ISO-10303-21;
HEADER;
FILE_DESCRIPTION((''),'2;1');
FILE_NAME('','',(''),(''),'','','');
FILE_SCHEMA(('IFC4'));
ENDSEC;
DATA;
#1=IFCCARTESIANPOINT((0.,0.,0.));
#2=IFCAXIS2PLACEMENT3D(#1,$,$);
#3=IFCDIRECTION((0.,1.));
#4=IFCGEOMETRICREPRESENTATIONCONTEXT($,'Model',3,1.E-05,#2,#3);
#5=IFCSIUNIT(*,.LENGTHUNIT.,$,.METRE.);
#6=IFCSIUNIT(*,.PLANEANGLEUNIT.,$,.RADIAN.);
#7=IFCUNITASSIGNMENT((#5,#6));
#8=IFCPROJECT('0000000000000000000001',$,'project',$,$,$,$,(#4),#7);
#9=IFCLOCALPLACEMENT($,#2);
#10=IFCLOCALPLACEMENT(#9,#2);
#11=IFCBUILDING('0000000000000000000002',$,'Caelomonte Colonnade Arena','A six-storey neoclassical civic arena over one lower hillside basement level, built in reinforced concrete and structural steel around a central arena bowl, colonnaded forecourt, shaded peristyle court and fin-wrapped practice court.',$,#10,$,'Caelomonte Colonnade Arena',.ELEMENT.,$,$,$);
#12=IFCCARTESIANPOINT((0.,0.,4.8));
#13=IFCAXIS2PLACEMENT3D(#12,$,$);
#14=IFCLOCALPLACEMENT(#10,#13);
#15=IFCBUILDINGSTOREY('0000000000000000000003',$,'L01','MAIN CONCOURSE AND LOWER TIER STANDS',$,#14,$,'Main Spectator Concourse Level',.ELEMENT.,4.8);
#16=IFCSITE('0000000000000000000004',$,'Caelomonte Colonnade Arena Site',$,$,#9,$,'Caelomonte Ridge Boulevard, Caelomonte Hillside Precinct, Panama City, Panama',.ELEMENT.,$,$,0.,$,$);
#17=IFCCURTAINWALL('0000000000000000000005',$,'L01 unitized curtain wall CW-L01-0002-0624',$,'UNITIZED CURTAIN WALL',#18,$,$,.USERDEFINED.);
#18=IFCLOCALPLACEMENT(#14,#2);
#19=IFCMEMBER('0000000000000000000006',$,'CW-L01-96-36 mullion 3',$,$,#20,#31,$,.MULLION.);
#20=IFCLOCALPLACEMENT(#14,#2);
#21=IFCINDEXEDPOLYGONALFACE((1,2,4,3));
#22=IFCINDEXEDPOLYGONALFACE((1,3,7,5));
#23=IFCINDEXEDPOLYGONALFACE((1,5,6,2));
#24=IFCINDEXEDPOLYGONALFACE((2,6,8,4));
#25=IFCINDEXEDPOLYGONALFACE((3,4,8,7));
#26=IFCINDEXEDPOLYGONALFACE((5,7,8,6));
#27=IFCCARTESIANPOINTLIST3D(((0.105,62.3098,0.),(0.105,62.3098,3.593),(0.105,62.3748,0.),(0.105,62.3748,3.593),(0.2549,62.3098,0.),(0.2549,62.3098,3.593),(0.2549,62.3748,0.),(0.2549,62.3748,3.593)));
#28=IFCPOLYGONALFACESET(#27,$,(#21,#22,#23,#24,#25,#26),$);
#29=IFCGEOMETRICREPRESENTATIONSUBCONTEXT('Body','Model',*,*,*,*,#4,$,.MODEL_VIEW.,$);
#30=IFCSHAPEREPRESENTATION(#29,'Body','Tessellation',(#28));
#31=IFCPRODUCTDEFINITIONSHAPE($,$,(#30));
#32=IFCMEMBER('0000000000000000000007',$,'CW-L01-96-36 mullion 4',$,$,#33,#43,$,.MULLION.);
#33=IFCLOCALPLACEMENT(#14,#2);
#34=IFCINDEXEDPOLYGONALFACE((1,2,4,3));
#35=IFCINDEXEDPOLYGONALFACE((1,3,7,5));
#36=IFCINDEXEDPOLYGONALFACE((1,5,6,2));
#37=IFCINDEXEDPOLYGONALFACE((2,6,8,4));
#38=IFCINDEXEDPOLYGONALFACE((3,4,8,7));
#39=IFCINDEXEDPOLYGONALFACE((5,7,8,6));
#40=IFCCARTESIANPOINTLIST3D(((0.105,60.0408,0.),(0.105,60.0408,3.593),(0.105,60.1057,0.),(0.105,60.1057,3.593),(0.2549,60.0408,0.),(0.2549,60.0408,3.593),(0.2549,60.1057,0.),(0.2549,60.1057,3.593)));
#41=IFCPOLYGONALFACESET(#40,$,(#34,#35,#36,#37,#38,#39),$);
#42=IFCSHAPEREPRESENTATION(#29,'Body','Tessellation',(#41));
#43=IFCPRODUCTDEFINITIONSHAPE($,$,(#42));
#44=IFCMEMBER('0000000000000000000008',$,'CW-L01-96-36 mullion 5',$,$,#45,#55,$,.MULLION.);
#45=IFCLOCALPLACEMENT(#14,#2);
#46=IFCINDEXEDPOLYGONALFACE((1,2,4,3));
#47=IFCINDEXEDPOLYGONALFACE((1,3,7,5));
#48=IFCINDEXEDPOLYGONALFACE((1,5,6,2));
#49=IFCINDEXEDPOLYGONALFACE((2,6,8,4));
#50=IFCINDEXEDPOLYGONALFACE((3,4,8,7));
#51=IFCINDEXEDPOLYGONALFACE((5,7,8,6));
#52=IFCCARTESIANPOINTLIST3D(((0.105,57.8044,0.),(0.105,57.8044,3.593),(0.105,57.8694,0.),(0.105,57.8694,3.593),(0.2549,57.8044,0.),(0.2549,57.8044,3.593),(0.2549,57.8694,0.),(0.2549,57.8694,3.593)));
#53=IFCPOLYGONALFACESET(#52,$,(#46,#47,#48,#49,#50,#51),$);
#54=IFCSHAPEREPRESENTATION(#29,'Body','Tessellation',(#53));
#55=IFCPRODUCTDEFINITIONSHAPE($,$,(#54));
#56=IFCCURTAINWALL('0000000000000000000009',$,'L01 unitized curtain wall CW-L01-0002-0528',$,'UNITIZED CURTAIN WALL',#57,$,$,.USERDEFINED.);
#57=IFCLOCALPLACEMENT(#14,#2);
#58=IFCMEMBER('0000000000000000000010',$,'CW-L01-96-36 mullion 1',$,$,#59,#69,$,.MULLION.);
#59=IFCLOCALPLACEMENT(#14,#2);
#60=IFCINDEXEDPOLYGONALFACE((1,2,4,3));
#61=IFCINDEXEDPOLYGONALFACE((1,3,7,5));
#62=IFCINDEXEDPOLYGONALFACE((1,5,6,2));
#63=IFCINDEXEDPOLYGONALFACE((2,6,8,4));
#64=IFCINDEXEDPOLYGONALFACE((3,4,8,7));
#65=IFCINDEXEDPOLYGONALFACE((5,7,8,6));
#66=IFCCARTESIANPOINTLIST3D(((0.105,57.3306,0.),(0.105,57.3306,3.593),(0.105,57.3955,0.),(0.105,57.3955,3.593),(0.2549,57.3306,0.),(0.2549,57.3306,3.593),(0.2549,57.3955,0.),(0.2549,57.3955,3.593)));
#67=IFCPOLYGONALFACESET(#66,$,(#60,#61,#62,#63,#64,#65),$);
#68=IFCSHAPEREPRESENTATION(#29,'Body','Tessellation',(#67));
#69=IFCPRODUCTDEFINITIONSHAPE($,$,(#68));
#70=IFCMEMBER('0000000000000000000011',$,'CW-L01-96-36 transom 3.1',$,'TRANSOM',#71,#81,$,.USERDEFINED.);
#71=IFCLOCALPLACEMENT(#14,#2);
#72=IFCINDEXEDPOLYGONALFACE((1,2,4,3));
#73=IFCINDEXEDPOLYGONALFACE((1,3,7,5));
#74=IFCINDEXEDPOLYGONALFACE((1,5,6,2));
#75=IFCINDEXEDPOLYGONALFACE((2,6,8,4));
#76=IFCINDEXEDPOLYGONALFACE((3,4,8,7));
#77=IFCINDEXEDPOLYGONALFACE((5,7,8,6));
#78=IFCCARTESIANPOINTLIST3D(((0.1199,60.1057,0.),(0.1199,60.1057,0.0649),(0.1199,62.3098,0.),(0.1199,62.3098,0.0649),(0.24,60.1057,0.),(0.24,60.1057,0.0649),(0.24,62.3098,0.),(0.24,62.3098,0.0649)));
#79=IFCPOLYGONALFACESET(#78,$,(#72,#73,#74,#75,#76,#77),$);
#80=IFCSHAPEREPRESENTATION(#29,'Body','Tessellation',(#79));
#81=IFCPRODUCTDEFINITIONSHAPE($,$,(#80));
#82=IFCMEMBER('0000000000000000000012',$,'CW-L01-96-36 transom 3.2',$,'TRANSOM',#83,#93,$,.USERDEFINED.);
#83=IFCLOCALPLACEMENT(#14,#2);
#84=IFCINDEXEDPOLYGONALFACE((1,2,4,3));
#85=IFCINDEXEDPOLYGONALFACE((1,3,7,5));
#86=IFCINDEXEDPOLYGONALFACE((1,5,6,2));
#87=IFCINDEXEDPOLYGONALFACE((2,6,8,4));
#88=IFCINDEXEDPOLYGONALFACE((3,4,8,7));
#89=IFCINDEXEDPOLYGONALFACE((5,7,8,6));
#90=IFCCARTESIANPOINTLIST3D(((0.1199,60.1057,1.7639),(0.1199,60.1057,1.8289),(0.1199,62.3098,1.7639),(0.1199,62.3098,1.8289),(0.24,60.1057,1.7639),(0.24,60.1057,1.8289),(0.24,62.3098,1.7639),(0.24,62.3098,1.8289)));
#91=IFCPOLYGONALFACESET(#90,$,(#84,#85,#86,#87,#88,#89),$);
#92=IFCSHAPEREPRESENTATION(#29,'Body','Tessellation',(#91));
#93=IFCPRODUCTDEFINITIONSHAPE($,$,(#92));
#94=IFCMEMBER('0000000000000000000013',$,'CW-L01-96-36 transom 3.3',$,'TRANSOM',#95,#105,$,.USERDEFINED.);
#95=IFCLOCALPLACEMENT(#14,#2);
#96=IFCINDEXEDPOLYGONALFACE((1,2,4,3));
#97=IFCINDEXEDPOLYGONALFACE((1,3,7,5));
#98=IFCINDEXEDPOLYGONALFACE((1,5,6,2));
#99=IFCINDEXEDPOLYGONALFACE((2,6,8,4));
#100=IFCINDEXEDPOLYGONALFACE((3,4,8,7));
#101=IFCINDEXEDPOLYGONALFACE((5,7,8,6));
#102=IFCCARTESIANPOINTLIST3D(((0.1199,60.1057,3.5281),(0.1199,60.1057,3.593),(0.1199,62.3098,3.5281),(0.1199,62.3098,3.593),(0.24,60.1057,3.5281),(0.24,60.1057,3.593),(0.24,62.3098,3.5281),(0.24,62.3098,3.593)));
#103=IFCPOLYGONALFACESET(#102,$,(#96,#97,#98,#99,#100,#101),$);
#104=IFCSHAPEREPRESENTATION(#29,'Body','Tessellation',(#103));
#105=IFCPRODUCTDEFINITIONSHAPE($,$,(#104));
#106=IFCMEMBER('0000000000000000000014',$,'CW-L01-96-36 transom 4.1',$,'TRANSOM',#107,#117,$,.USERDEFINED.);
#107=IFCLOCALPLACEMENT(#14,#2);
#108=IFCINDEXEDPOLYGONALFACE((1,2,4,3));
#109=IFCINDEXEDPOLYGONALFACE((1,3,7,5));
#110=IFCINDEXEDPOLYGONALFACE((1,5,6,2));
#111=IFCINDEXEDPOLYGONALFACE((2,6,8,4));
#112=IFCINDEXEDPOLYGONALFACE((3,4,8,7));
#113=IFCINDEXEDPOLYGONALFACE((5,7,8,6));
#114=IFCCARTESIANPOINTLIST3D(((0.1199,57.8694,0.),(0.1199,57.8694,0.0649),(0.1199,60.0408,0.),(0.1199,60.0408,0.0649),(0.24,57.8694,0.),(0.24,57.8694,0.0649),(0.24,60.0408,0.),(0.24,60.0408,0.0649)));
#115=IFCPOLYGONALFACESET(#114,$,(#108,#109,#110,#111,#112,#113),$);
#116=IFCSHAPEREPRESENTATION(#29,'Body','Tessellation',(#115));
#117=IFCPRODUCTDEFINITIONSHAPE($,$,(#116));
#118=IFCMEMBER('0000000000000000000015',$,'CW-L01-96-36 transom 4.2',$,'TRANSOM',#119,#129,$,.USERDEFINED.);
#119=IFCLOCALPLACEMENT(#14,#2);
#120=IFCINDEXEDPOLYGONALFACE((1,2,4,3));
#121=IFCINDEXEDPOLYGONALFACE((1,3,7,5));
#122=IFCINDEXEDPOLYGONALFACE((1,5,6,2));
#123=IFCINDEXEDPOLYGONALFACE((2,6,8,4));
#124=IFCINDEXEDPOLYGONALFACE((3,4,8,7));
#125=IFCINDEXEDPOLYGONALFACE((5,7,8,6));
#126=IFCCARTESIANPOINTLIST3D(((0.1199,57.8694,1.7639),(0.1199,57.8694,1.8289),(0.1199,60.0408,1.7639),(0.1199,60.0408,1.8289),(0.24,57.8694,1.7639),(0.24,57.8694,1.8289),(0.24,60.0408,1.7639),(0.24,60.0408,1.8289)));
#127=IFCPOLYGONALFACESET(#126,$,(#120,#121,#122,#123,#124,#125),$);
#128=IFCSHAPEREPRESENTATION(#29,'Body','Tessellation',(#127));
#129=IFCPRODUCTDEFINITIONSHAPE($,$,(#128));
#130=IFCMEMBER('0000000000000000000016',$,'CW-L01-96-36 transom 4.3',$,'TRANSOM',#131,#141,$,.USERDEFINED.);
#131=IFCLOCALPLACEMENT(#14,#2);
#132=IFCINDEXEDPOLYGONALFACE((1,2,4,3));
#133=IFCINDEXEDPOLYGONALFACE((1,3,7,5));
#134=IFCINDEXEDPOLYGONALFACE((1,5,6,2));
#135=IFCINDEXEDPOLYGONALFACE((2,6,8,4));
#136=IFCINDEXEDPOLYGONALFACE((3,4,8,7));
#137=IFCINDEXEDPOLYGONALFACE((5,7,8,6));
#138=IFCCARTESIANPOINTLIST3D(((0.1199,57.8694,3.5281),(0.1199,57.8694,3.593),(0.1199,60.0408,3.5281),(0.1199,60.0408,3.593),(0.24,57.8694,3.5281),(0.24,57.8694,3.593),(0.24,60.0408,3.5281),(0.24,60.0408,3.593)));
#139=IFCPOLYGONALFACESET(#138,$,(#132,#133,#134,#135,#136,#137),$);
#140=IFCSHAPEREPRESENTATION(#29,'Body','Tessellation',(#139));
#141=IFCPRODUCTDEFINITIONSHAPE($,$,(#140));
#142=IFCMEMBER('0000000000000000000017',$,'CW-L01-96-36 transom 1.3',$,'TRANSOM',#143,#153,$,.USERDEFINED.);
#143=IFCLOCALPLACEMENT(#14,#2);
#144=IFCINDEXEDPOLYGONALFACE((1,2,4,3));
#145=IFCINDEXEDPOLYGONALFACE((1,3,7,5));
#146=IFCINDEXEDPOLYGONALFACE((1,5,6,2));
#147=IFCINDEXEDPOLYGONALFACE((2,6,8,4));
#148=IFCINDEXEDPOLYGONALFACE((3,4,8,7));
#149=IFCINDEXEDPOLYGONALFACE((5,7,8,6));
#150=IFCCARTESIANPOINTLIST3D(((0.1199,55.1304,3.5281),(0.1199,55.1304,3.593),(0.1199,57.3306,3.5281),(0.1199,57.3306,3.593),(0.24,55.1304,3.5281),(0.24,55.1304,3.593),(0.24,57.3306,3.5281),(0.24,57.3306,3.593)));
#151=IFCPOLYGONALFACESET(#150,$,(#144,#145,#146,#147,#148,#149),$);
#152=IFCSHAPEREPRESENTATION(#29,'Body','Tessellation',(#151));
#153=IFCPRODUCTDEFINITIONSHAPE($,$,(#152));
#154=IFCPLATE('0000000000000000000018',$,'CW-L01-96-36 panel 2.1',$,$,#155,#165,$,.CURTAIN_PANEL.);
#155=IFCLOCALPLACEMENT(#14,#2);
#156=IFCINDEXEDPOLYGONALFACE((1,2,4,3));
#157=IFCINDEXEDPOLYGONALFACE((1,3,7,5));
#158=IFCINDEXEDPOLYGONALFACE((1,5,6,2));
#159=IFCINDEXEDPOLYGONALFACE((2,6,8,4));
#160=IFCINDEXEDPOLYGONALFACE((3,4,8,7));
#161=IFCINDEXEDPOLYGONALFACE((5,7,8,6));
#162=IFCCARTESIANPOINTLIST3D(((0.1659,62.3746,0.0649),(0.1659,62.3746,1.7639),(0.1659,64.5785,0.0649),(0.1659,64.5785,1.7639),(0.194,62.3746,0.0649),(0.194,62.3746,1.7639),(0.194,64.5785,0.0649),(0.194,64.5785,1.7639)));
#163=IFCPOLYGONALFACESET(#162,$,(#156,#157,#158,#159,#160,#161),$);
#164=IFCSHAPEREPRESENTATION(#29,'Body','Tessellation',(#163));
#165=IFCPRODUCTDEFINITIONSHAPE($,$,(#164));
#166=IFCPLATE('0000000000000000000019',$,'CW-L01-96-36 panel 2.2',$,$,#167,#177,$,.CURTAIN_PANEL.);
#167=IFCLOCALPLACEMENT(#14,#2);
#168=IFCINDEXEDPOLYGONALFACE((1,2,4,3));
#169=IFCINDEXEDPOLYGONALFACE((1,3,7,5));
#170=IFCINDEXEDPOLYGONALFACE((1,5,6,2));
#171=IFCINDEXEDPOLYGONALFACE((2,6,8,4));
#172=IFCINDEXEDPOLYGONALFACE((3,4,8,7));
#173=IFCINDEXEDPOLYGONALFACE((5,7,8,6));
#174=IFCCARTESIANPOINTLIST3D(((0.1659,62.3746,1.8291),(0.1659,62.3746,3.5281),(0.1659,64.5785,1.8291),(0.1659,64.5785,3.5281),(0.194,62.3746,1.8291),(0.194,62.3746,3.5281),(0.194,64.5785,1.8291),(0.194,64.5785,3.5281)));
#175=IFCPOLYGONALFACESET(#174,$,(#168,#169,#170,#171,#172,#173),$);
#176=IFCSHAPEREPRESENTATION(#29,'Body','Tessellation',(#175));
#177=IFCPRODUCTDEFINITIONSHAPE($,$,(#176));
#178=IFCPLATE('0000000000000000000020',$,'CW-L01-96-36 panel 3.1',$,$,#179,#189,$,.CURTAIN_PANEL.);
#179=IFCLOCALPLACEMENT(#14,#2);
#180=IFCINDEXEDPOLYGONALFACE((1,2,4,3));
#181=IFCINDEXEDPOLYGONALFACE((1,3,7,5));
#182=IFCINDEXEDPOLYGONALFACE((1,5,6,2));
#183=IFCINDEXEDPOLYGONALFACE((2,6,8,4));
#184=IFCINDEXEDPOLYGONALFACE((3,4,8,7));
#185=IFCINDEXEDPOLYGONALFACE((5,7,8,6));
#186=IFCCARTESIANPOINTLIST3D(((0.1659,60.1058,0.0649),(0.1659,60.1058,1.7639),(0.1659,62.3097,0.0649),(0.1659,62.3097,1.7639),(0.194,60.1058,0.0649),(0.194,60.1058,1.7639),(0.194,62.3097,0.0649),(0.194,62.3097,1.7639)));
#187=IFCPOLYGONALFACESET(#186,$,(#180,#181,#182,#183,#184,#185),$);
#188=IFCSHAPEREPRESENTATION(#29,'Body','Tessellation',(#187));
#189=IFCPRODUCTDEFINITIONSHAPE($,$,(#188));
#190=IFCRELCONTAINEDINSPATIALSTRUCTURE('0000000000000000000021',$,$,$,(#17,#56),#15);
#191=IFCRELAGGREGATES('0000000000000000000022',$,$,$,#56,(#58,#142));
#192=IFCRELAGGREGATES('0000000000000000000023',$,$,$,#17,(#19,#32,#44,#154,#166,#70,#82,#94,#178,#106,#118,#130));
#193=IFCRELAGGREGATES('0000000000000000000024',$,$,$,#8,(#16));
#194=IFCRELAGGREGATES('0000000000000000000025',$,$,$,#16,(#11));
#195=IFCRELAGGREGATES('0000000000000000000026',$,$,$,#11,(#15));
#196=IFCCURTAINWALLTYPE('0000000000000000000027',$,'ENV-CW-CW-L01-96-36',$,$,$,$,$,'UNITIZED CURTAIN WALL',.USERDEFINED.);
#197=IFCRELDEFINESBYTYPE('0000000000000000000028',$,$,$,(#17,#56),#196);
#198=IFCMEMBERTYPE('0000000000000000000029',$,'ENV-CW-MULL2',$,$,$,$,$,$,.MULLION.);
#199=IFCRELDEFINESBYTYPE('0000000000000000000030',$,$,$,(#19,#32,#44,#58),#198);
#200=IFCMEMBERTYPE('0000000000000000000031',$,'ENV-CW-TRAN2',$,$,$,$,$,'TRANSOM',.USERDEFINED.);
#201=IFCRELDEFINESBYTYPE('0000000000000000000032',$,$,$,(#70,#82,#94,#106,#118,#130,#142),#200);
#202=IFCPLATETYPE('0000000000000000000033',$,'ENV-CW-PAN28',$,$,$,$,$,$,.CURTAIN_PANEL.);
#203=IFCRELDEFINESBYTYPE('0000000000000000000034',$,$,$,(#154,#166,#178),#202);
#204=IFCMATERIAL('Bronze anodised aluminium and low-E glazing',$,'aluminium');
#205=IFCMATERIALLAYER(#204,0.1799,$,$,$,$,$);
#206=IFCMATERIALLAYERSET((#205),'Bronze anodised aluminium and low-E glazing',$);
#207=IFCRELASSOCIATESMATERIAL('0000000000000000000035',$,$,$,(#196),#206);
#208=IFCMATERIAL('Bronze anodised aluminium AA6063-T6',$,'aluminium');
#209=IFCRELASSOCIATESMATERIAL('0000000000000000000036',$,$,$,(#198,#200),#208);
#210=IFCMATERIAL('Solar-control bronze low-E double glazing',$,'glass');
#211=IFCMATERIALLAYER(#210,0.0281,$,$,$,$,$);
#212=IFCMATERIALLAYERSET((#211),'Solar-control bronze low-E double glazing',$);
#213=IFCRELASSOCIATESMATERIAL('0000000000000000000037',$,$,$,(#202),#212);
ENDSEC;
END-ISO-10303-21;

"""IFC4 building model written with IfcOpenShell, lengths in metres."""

from ifc_helpers import new_model, si_unit, direction, frame, origin, origin_2d, place, context, subcontext, project, spatial, rectangle, extrude, material, layer, layer_set, material_profile, profile_set, type_object, element, aggregate, save


model = new_model("IFC4")

# Units and contexts
model_context = context("Model", 3, precision=1e-05, world=origin(), true_north=direction((0.0, 1.0)))
body_context = subcontext(model_context, "Body", "Model", "MODEL_VIEW")
ifc_project = project(units=[si_unit("LENGTHUNIT", "METRE"), si_unit("PLANEANGLEUNIT", "RADIAN")], contexts=[model_context])

# Site, building, storey
site_placement = place(None, origin())
site = spatial("IfcSite", under=ifc_project, at=site_placement, Name="Caelomonte Colonnade Arena Site", LongName="Caelomonte Ridge Boulevard, Caelomonte Hillside Precinct, Panama City, Panama", CompositionType="ELEMENT", RefElevation=0.0)
building_placement = place(site_placement, origin())
building = spatial("IfcBuilding", under=site, at=building_placement, Name="Caelomonte Colonnade Arena", Description="A six-storey neoclassical civic arena over one lower hillside basement level, built in reinforced concrete and structural steel around a central arena bowl, colonnaded forecourt, shaded peristyle court and fin-wrapped practice court.", LongName="Caelomonte Colonnade Arena", CompositionType="ELEMENT")
storey_placement = place(building_placement, frame((0.0, 0.0, 4.8)))
storey = spatial("IfcBuildingStorey", under=building, at=storey_placement, Name="L01", Description="MAIN CONCOURSE AND LOWER TIER STANDS", LongName="Main Spectator Concourse Level", CompositionType="ELEMENT", Elevation=4.8)

# Curtain wall, members
ifc_material_1 = material(Name="Bronze anodised aluminium and low-E glazing", Category="aluminium")
ifc_layer_1 = layer(ifc_material_1, 0.1799)
ifc_layer_set_1 = layer_set([ifc_layer_1], Name="Bronze anodised aluminium and low-E glazing")
curtain_wall_type = type_object("IfcCurtainWallType", Name="ENV-CW-CW-L01-96-36", ElementType="UNITIZED CURTAIN WALL", PredefinedType="USERDEFINED", material=ifc_layer_set_1)
curtain_wall_1_placement = place(storey_placement, origin())
curtain_wall_1 = element("IfcCurtainWall", 1, at=curtain_wall_1_placement, inside=storey, type_object=curtain_wall_type, Name="L01 unitized curtain wall CW-L01-0002-0624", ObjectType="UNITIZED CURTAIN WALL", PredefinedType="USERDEFINED")
ifc_material_2 = material(Name="Bronze anodised aluminium AA6063-T6", Category="aluminium")
ifc_material_profile_1 = material_profile(ifc_material_2, rectangle(XDim=0.0649, YDim=0.1499, at=origin_2d()), Name="CWM-65X150")
ifc_profile_set_1 = profile_set([ifc_material_profile_1], Name="Bronze anodised aluminium AA6063-T6")
member_type_1 = type_object("IfcMemberType", Name="ENV-CW-MULL2", PredefinedType="MULLION", material=ifc_profile_set_1)
member_1_placement = place(storey_placement, frame((0.1799, 62.3423, 0.0), z_axis=(0.0, 0.0, 1.0), x_axis=(0.0, -1.0, 0.0)))
member_1 = element("IfcMember", 2, at=member_1_placement, type_object=member_type_1, Name="CW-L01-96-36 mullion 3", PredefinedType="MULLION", context=body_context, shape_type="SweptSolid", body=[
    extrude(rectangle(XDim=0.0649, YDim=0.1499, at=origin_2d()), origin(), (0.0, 0.0, 1.0), 3.593),
])
member_2_placement = place(storey_placement, frame((0.1799, 60.0732, 0.0), z_axis=(0.0, 0.0, 1.0), x_axis=(0.0, -1.0, 0.0)))
member_2 = element("IfcMember", 3, at=member_2_placement, type_object=member_type_1, Name="CW-L01-96-36 mullion 4", PredefinedType="MULLION", context=body_context, shape_type="SweptSolid", body=[
    extrude(rectangle(XDim=0.0649, YDim=0.1499, at=origin_2d()), origin(), (0.0, 0.0, 1.0), 3.593),
])
member_3_placement = place(storey_placement, frame((0.1799, 57.8369, 0.0), z_axis=(0.0, 0.0, 1.0), x_axis=(0.0, -1.0, 0.0)))
member_3 = element("IfcMember", 4, at=member_3_placement, type_object=member_type_1, Name="CW-L01-96-36 mullion 5", PredefinedType="MULLION", context=body_context, shape_type="SweptSolid", body=[
    extrude(rectangle(XDim=0.0649, YDim=0.1499, at=origin_2d()), origin(), (0.0, 0.0, 1.0), 3.593),
])

# Curtain wall, member
curtain_wall_2_placement = place(storey_placement, origin())
curtain_wall_2 = element("IfcCurtainWall", 5, at=curtain_wall_2_placement, inside=storey, type_object=curtain_wall_type, Name="L01 unitized curtain wall CW-L01-0002-0528", ObjectType="UNITIZED CURTAIN WALL", PredefinedType="USERDEFINED")
member_4_placement = place(storey_placement, frame((0.1799, 57.363, 0.0), z_axis=(0.0, 0.0, 1.0), x_axis=(0.0, -1.0, 0.0)))
member_4 = element("IfcMember", 6, at=member_4_placement, type_object=member_type_1, Name="CW-L01-96-36 mullion 1", PredefinedType="MULLION", context=body_context, shape_type="SweptSolid", body=[
    extrude(rectangle(XDim=0.0649, YDim=0.1499, at=origin_2d()), origin(), (0.0, 0.0, 1.0), 3.593),
])

# Members
ifc_material_profile_2 = material_profile(ifc_material_2, rectangle(XDim=0.0649, YDim=0.1201, at=origin_2d()), Name="CWT-65X120")
ifc_profile_set_2 = profile_set([ifc_material_profile_2], Name="Bronze anodised aluminium AA6063-T6")
member_type_2 = type_object("IfcMemberType", Name="ENV-CW-TRAN2", ElementType="TRANSOM", PredefinedType="USERDEFINED", material=ifc_profile_set_2)
member_5_placement = place(storey_placement, frame((0.1799, 62.3098, 0.0325), z_axis=(0.0, -1.0, 0.0), x_axis=(0.0, 0.0, 1.0)))
member_5 = element("IfcMember", 7, at=member_5_placement, type_object=member_type_2, Name="CW-L01-96-36 transom 3.1", ObjectType="TRANSOM", PredefinedType="USERDEFINED", context=body_context, shape_type="SweptSolid", body=[
    extrude(rectangle(XDim=0.0649, YDim=0.1201, at=origin_2d()), origin(), (0.0, 0.0, 1.0), 2.2041),
])
member_6_placement = place(storey_placement, frame((0.1799, 62.3098, 1.7964), z_axis=(0.0, -1.0, 0.0), x_axis=(0.0, 0.0, 1.0)))
member_6 = element("IfcMember", 8, at=member_6_placement, type_object=member_type_2, Name="CW-L01-96-36 transom 3.2", ObjectType="TRANSOM", PredefinedType="USERDEFINED", context=body_context, shape_type="SweptSolid", body=[
    extrude(rectangle(XDim=0.0649, YDim=0.1201, at=origin_2d()), origin(), (0.0, 0.0, 1.0), 2.2041),
])
member_7_placement = place(storey_placement, frame((0.1799, 62.3098, 3.5605), z_axis=(0.0, -1.0, 0.0), x_axis=(0.0, 0.0, 1.0)))
member_7 = element("IfcMember", 9, at=member_7_placement, type_object=member_type_2, Name="CW-L01-96-36 transom 3.3", ObjectType="TRANSOM", PredefinedType="USERDEFINED", context=body_context, shape_type="SweptSolid", body=[
    extrude(rectangle(XDim=0.0649, YDim=0.1201, at=origin_2d()), origin(), (0.0, 0.0, 1.0), 2.2041),
])
member_8_placement = place(storey_placement, frame((0.1799, 60.0408, 0.0325), z_axis=(0.0, -1.0, 0.0), x_axis=(0.0, 0.0, 1.0)))
member_8 = element("IfcMember", 10, at=member_8_placement, type_object=member_type_2, Name="CW-L01-96-36 transom 4.1", ObjectType="TRANSOM", PredefinedType="USERDEFINED", context=body_context, shape_type="SweptSolid", body=[
    extrude(rectangle(XDim=0.0649, YDim=0.1201, at=origin_2d()), origin(), (0.0, 0.0, 1.0), 2.1714),
])
member_9_placement = place(storey_placement, frame((0.1799, 60.0408, 1.7964), z_axis=(0.0, -1.0, 0.0), x_axis=(0.0, 0.0, 1.0)))
member_9 = element("IfcMember", 11, at=member_9_placement, type_object=member_type_2, Name="CW-L01-96-36 transom 4.2", ObjectType="TRANSOM", PredefinedType="USERDEFINED", context=body_context, shape_type="SweptSolid", body=[
    extrude(rectangle(XDim=0.0649, YDim=0.1201, at=origin_2d()), origin(), (0.0, 0.0, 1.0), 2.1714),
])
member_10_placement = place(storey_placement, frame((0.1799, 60.0408, 3.5605), z_axis=(0.0, -1.0, 0.0), x_axis=(0.0, 0.0, 1.0)))
member_10 = element("IfcMember", 12, at=member_10_placement, type_object=member_type_2, Name="CW-L01-96-36 transom 4.3", ObjectType="TRANSOM", PredefinedType="USERDEFINED", context=body_context, shape_type="SweptSolid", body=[
    extrude(rectangle(XDim=0.0649, YDim=0.1201, at=origin_2d()), origin(), (0.0, 0.0, 1.0), 2.1714),
])
member_11_placement = place(storey_placement, frame((0.1799, 57.3306, 3.5605), z_axis=(0.0, -1.0, 0.0), x_axis=(0.0, 0.0, 1.0)))
member_11 = element("IfcMember", 13, at=member_11_placement, type_object=member_type_2, Name="CW-L01-96-36 transom 1.3", ObjectType="TRANSOM", PredefinedType="USERDEFINED", context=body_context, shape_type="SweptSolid", body=[
    extrude(rectangle(XDim=0.0649, YDim=0.1201, at=origin_2d()), origin(), (0.0, 0.0, 1.0), 2.2002),
])
aggregate(curtain_wall_2, [member_4, member_11])

# Plates
ifc_material_3 = material(Name="Solar-control bronze low-E double glazing", Category="glass")
ifc_layer_2 = layer(ifc_material_3, 0.0281)
ifc_layer_set_2 = layer_set([ifc_layer_2], Name="Solar-control bronze low-E double glazing")
plate_type = type_object("IfcPlateType", Name="ENV-CW-PAN28", PredefinedType="CURTAIN_PANEL", material=ifc_layer_set_2)
plate_1_placement = place(storey_placement, frame((0.1799, 63.4766, 0.0649), z_axis=(0.0, 0.0, 1.0), x_axis=(0.0, -1.0, 0.0)))
plate_1 = element("IfcPlate", 14, at=plate_1_placement, type_object=plate_type, Name="CW-L01-96-36 panel 2.1", PredefinedType="CURTAIN_PANEL", context=body_context, shape_type="SweptSolid", body=[
    extrude(rectangle(XDim=2.2039, YDim=0.0281, at=origin_2d()), origin(), (0.0, 0.0, 1.0), 1.699),
])
plate_2_placement = place(storey_placement, frame((0.1799, 63.4766, 1.8291), z_axis=(0.0, 0.0, 1.0), x_axis=(0.0, -1.0, 0.0)))
plate_2 = element("IfcPlate", 15, at=plate_2_placement, type_object=plate_type, Name="CW-L01-96-36 panel 2.2", PredefinedType="CURTAIN_PANEL", context=body_context, shape_type="SweptSolid", body=[
    extrude(rectangle(XDim=2.2039, YDim=0.0281, at=origin_2d()), origin(), (0.0, 0.0, 1.0), 1.699),
])
plate_3_placement = place(storey_placement, frame((0.1799, 61.2078, 0.0649), z_axis=(0.0, 0.0, 1.0), x_axis=(0.0, -1.0, 0.0)))
plate_3 = element("IfcPlate", 16, at=plate_3_placement, type_object=plate_type, Name="CW-L01-96-36 panel 3.1", PredefinedType="CURTAIN_PANEL", context=body_context, shape_type="SweptSolid", body=[
    extrude(rectangle(XDim=2.2039, YDim=0.0281, at=origin_2d()), origin(), (0.0, 0.0, 1.0), 1.699),
])
aggregate(curtain_wall_1, [member_1, member_2, member_3, plate_1, plate_2, member_5, member_6, member_7, plate_3, member_8, member_9, member_10])

save(model, "model.ifc")
